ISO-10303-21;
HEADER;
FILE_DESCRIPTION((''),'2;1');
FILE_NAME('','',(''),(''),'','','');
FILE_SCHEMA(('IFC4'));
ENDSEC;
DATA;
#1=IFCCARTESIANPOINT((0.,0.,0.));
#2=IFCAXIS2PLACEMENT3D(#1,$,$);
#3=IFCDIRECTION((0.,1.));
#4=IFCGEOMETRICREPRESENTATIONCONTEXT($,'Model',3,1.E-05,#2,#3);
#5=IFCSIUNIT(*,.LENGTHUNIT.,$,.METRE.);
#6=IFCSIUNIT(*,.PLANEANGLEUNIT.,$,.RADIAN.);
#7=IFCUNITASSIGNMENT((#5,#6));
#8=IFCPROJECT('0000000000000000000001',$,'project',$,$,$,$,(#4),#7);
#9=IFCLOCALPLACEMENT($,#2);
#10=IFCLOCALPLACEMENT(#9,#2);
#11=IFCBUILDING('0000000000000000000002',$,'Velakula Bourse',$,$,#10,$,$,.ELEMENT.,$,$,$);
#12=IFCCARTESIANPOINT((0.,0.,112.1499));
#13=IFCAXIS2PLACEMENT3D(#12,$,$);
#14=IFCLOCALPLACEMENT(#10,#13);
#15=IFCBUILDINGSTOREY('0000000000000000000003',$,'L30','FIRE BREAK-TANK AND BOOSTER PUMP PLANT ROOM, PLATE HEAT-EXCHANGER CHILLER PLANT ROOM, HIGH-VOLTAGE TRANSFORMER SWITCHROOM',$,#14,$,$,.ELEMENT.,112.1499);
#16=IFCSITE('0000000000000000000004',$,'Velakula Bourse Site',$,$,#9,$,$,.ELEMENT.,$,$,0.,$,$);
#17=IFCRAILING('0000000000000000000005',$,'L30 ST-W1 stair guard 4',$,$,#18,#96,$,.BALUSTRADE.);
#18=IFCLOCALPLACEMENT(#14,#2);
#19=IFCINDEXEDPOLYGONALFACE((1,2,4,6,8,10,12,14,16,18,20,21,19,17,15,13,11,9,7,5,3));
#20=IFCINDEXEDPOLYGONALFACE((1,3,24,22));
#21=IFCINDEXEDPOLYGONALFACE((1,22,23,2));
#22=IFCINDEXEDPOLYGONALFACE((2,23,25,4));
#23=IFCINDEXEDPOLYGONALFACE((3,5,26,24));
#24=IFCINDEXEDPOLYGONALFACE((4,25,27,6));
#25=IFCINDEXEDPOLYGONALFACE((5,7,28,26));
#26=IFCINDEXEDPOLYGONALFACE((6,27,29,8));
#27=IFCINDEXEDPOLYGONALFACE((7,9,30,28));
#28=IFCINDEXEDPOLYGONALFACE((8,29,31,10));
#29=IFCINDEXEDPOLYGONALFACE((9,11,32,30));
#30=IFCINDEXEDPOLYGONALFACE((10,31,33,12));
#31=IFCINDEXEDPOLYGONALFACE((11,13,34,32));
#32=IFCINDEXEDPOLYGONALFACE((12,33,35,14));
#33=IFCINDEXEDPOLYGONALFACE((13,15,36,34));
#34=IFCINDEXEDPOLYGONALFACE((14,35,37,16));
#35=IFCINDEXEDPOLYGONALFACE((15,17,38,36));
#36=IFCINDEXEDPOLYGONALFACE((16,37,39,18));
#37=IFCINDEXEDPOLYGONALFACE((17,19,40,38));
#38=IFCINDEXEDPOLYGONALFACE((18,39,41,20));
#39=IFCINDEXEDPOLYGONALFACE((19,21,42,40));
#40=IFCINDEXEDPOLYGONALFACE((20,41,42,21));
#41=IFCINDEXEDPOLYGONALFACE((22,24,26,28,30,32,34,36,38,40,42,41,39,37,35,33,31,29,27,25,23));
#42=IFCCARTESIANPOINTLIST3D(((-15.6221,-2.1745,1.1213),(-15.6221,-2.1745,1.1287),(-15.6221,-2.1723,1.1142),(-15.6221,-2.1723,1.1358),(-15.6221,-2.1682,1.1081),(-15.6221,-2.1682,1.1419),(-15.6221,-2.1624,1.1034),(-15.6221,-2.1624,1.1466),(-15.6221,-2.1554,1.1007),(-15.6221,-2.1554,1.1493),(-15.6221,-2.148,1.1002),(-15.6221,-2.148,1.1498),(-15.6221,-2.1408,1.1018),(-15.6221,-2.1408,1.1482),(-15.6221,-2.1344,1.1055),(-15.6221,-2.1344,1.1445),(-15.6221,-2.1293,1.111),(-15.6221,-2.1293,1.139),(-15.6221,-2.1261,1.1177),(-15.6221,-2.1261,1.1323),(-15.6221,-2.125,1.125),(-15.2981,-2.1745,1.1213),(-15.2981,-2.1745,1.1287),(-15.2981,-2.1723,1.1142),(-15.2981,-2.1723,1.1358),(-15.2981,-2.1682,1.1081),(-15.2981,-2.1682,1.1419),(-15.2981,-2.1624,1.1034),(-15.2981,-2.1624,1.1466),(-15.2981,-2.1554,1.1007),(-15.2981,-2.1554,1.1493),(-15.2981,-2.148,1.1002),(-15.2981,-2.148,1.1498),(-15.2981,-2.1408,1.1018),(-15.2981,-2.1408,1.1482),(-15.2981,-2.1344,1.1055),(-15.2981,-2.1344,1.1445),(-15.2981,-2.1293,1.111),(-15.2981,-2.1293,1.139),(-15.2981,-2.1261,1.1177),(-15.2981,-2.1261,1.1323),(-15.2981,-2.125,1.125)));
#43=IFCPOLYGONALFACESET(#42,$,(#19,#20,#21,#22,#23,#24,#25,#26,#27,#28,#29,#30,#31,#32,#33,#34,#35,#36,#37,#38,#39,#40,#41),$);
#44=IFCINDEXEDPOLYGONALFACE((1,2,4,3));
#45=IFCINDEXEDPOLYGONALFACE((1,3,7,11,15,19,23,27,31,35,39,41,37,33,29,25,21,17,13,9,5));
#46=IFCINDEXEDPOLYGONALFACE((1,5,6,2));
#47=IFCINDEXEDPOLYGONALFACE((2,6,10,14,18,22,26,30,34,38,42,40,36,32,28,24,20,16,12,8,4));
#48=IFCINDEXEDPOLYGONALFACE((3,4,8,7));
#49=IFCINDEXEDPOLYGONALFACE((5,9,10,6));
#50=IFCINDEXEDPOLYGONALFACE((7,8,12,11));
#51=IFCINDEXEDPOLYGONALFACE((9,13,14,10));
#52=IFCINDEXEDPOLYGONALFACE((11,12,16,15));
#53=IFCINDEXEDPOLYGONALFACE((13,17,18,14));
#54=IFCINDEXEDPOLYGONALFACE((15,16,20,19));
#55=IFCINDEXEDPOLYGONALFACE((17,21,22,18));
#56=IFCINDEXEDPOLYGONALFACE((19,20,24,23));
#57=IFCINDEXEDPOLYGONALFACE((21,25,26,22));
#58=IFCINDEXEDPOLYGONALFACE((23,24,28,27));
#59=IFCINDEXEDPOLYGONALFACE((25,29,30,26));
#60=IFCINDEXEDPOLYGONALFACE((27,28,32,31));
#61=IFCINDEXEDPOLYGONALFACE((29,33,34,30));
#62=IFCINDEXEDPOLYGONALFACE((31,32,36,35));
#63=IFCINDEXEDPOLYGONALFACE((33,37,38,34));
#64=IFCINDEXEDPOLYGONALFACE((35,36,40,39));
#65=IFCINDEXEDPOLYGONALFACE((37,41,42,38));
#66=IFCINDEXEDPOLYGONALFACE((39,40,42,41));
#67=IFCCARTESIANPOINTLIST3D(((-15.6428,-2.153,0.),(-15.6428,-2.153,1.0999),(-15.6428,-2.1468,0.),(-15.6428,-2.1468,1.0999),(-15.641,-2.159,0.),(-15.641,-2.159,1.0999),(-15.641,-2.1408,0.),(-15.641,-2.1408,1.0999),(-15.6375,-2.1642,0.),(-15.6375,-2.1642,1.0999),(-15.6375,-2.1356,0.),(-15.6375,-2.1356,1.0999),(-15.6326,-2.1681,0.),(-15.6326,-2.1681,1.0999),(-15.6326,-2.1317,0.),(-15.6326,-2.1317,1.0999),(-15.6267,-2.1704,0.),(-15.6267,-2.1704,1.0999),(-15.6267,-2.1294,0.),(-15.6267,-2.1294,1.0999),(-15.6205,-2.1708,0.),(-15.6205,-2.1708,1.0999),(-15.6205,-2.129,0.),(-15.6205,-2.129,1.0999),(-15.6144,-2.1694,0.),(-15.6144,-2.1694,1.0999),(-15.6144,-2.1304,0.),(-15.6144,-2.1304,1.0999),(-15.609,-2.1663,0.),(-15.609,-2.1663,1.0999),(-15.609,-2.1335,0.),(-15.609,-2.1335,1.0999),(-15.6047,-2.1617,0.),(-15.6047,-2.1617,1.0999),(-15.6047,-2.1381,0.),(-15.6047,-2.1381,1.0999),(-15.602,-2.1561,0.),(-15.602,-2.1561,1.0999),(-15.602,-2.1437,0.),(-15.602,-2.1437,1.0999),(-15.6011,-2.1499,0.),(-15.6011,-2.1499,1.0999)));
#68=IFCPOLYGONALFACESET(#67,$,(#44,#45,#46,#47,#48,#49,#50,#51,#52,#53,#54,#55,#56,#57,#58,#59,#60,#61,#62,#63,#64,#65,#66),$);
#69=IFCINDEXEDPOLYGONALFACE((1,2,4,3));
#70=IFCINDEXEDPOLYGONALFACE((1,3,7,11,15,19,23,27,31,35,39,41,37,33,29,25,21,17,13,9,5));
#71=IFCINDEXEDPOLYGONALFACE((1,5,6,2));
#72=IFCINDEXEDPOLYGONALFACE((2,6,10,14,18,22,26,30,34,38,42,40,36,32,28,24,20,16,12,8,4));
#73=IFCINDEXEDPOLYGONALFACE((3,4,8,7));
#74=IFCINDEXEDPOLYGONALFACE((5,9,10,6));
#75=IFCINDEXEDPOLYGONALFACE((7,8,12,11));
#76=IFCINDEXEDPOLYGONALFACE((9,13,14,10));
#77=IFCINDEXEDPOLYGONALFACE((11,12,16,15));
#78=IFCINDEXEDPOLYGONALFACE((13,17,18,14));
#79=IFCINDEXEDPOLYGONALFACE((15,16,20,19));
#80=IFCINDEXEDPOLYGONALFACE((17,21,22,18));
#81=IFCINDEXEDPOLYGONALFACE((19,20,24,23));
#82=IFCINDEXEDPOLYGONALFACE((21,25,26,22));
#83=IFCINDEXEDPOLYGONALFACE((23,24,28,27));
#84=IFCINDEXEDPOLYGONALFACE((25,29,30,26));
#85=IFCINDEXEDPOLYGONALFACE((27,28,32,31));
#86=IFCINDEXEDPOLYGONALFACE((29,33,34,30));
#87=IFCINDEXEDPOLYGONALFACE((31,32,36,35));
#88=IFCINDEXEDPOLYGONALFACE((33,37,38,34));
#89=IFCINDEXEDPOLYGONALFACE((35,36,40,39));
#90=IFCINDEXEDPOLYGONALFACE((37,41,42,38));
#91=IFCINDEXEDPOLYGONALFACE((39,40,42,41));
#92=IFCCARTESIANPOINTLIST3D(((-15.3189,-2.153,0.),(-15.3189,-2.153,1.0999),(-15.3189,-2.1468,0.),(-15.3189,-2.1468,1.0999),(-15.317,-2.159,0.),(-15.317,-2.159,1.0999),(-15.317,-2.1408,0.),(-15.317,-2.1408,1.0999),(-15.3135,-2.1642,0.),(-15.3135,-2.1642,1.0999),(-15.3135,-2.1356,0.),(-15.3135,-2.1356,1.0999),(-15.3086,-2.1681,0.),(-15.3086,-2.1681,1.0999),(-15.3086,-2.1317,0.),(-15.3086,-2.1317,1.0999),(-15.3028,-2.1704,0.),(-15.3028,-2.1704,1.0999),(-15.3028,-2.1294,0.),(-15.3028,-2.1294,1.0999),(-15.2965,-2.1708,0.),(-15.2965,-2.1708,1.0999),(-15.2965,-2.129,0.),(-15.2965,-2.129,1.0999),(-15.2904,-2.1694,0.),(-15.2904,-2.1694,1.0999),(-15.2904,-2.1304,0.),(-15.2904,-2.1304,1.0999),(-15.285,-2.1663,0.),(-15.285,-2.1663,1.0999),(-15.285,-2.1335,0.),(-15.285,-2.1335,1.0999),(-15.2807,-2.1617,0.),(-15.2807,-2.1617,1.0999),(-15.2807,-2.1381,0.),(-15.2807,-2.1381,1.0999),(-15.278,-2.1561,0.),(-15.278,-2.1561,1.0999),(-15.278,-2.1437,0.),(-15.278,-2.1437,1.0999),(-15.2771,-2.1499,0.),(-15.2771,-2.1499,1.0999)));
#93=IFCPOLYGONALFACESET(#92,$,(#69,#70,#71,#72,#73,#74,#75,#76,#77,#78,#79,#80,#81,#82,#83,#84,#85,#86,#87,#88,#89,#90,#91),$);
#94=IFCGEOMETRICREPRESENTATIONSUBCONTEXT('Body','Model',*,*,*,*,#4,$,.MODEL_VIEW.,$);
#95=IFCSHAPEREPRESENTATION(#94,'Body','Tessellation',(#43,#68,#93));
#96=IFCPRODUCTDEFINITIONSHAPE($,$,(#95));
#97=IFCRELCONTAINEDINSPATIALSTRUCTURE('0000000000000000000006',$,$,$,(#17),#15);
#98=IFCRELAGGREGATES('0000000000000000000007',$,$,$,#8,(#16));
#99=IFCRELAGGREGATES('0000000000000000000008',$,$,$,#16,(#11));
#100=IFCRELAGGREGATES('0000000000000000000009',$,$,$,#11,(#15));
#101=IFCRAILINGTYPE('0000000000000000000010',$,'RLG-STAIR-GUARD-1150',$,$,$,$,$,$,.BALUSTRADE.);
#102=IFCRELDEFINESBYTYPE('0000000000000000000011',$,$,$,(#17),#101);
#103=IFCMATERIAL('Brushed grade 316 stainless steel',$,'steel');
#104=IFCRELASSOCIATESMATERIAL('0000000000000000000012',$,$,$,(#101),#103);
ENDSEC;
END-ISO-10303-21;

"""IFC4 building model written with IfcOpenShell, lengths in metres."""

from ifc_helpers import new_model, si_unit, direction, frame, origin, origin_2d, place, context, subcontext, project, spatial, circle, extrude, material, type_object, element, save


model = new_model("IFC4")

# Units and contexts
model_context = context("Model", 3, precision=1e-05, world=origin(), true_north=direction((0.0, 1.0)))
body_context = subcontext(model_context, "Body", "Model", "MODEL_VIEW")
ifc_project = project(units=[si_unit("LENGTHUNIT", "METRE"), si_unit("PLANEANGLEUNIT", "RADIAN")], contexts=[model_context])

# Site, building, storey
site_placement = place(None, origin())
site = spatial("IfcSite", under=ifc_project, at=site_placement, Name="Velakula Bourse Site", CompositionType="ELEMENT", RefElevation=0.0)
building_placement = place(site_placement, origin())
building = spatial("IfcBuilding", under=site, at=building_placement, Name="Velakula Bourse", CompositionType="ELEMENT")
storey_placement = place(building_placement, frame((0.0, 0.0, 112.1499)))
storey = spatial("IfcBuildingStorey", under=building, at=storey_placement, Name="L30", Description="FIRE BREAK-TANK AND BOOSTER PUMP PLANT ROOM, PLATE HEAT-EXCHANGER CHILLER PLANT ROOM, HIGH-VOLTAGE TRANSFORMER SWITCHROOM", CompositionType="ELEMENT", Elevation=112.1499)

# Shared definitions
ifc_material_1 = material(Name="Brushed grade 316 stainless steel", Category="steel")

# Railing
railing_type_1 = type_object("IfcRailingType", Name="RLG-STAIR-GUARD-1150", PredefinedType="BALUSTRADE", material=ifc_material_1)
railing_1_placement = place(storey_placement, frame((-15.6221, -2.1499, 0.0)))
element("IfcRailing", 1, at=railing_1_placement, inside=storey, type_object=railing_type_1, Name="L30 ST-W1 stair guard 4", PredefinedType="BALUSTRADE", context=body_context, shape_type="SweptSolid", body=[
    extrude(circle(Radius=0.0249, at=origin_2d()), frame((0.0, 0.0, 1.125), z_axis=(1.0, 0.0, 0.0), x_axis=(0.0, 1.0, 0.0)), (0.0, 0.0, 1.0), 0.324),
    extrude(circle(Radius=0.021, at=origin_2d()), origin(), (0.0, 0.0, 1.0), 1.0999),
    extrude(circle(Radius=0.021, at=origin_2d()), frame((0.324, 0.0, 0.0)), (0.0, 0.0, 1.0), 1.0999),
])

save(model, "model.ifc")
